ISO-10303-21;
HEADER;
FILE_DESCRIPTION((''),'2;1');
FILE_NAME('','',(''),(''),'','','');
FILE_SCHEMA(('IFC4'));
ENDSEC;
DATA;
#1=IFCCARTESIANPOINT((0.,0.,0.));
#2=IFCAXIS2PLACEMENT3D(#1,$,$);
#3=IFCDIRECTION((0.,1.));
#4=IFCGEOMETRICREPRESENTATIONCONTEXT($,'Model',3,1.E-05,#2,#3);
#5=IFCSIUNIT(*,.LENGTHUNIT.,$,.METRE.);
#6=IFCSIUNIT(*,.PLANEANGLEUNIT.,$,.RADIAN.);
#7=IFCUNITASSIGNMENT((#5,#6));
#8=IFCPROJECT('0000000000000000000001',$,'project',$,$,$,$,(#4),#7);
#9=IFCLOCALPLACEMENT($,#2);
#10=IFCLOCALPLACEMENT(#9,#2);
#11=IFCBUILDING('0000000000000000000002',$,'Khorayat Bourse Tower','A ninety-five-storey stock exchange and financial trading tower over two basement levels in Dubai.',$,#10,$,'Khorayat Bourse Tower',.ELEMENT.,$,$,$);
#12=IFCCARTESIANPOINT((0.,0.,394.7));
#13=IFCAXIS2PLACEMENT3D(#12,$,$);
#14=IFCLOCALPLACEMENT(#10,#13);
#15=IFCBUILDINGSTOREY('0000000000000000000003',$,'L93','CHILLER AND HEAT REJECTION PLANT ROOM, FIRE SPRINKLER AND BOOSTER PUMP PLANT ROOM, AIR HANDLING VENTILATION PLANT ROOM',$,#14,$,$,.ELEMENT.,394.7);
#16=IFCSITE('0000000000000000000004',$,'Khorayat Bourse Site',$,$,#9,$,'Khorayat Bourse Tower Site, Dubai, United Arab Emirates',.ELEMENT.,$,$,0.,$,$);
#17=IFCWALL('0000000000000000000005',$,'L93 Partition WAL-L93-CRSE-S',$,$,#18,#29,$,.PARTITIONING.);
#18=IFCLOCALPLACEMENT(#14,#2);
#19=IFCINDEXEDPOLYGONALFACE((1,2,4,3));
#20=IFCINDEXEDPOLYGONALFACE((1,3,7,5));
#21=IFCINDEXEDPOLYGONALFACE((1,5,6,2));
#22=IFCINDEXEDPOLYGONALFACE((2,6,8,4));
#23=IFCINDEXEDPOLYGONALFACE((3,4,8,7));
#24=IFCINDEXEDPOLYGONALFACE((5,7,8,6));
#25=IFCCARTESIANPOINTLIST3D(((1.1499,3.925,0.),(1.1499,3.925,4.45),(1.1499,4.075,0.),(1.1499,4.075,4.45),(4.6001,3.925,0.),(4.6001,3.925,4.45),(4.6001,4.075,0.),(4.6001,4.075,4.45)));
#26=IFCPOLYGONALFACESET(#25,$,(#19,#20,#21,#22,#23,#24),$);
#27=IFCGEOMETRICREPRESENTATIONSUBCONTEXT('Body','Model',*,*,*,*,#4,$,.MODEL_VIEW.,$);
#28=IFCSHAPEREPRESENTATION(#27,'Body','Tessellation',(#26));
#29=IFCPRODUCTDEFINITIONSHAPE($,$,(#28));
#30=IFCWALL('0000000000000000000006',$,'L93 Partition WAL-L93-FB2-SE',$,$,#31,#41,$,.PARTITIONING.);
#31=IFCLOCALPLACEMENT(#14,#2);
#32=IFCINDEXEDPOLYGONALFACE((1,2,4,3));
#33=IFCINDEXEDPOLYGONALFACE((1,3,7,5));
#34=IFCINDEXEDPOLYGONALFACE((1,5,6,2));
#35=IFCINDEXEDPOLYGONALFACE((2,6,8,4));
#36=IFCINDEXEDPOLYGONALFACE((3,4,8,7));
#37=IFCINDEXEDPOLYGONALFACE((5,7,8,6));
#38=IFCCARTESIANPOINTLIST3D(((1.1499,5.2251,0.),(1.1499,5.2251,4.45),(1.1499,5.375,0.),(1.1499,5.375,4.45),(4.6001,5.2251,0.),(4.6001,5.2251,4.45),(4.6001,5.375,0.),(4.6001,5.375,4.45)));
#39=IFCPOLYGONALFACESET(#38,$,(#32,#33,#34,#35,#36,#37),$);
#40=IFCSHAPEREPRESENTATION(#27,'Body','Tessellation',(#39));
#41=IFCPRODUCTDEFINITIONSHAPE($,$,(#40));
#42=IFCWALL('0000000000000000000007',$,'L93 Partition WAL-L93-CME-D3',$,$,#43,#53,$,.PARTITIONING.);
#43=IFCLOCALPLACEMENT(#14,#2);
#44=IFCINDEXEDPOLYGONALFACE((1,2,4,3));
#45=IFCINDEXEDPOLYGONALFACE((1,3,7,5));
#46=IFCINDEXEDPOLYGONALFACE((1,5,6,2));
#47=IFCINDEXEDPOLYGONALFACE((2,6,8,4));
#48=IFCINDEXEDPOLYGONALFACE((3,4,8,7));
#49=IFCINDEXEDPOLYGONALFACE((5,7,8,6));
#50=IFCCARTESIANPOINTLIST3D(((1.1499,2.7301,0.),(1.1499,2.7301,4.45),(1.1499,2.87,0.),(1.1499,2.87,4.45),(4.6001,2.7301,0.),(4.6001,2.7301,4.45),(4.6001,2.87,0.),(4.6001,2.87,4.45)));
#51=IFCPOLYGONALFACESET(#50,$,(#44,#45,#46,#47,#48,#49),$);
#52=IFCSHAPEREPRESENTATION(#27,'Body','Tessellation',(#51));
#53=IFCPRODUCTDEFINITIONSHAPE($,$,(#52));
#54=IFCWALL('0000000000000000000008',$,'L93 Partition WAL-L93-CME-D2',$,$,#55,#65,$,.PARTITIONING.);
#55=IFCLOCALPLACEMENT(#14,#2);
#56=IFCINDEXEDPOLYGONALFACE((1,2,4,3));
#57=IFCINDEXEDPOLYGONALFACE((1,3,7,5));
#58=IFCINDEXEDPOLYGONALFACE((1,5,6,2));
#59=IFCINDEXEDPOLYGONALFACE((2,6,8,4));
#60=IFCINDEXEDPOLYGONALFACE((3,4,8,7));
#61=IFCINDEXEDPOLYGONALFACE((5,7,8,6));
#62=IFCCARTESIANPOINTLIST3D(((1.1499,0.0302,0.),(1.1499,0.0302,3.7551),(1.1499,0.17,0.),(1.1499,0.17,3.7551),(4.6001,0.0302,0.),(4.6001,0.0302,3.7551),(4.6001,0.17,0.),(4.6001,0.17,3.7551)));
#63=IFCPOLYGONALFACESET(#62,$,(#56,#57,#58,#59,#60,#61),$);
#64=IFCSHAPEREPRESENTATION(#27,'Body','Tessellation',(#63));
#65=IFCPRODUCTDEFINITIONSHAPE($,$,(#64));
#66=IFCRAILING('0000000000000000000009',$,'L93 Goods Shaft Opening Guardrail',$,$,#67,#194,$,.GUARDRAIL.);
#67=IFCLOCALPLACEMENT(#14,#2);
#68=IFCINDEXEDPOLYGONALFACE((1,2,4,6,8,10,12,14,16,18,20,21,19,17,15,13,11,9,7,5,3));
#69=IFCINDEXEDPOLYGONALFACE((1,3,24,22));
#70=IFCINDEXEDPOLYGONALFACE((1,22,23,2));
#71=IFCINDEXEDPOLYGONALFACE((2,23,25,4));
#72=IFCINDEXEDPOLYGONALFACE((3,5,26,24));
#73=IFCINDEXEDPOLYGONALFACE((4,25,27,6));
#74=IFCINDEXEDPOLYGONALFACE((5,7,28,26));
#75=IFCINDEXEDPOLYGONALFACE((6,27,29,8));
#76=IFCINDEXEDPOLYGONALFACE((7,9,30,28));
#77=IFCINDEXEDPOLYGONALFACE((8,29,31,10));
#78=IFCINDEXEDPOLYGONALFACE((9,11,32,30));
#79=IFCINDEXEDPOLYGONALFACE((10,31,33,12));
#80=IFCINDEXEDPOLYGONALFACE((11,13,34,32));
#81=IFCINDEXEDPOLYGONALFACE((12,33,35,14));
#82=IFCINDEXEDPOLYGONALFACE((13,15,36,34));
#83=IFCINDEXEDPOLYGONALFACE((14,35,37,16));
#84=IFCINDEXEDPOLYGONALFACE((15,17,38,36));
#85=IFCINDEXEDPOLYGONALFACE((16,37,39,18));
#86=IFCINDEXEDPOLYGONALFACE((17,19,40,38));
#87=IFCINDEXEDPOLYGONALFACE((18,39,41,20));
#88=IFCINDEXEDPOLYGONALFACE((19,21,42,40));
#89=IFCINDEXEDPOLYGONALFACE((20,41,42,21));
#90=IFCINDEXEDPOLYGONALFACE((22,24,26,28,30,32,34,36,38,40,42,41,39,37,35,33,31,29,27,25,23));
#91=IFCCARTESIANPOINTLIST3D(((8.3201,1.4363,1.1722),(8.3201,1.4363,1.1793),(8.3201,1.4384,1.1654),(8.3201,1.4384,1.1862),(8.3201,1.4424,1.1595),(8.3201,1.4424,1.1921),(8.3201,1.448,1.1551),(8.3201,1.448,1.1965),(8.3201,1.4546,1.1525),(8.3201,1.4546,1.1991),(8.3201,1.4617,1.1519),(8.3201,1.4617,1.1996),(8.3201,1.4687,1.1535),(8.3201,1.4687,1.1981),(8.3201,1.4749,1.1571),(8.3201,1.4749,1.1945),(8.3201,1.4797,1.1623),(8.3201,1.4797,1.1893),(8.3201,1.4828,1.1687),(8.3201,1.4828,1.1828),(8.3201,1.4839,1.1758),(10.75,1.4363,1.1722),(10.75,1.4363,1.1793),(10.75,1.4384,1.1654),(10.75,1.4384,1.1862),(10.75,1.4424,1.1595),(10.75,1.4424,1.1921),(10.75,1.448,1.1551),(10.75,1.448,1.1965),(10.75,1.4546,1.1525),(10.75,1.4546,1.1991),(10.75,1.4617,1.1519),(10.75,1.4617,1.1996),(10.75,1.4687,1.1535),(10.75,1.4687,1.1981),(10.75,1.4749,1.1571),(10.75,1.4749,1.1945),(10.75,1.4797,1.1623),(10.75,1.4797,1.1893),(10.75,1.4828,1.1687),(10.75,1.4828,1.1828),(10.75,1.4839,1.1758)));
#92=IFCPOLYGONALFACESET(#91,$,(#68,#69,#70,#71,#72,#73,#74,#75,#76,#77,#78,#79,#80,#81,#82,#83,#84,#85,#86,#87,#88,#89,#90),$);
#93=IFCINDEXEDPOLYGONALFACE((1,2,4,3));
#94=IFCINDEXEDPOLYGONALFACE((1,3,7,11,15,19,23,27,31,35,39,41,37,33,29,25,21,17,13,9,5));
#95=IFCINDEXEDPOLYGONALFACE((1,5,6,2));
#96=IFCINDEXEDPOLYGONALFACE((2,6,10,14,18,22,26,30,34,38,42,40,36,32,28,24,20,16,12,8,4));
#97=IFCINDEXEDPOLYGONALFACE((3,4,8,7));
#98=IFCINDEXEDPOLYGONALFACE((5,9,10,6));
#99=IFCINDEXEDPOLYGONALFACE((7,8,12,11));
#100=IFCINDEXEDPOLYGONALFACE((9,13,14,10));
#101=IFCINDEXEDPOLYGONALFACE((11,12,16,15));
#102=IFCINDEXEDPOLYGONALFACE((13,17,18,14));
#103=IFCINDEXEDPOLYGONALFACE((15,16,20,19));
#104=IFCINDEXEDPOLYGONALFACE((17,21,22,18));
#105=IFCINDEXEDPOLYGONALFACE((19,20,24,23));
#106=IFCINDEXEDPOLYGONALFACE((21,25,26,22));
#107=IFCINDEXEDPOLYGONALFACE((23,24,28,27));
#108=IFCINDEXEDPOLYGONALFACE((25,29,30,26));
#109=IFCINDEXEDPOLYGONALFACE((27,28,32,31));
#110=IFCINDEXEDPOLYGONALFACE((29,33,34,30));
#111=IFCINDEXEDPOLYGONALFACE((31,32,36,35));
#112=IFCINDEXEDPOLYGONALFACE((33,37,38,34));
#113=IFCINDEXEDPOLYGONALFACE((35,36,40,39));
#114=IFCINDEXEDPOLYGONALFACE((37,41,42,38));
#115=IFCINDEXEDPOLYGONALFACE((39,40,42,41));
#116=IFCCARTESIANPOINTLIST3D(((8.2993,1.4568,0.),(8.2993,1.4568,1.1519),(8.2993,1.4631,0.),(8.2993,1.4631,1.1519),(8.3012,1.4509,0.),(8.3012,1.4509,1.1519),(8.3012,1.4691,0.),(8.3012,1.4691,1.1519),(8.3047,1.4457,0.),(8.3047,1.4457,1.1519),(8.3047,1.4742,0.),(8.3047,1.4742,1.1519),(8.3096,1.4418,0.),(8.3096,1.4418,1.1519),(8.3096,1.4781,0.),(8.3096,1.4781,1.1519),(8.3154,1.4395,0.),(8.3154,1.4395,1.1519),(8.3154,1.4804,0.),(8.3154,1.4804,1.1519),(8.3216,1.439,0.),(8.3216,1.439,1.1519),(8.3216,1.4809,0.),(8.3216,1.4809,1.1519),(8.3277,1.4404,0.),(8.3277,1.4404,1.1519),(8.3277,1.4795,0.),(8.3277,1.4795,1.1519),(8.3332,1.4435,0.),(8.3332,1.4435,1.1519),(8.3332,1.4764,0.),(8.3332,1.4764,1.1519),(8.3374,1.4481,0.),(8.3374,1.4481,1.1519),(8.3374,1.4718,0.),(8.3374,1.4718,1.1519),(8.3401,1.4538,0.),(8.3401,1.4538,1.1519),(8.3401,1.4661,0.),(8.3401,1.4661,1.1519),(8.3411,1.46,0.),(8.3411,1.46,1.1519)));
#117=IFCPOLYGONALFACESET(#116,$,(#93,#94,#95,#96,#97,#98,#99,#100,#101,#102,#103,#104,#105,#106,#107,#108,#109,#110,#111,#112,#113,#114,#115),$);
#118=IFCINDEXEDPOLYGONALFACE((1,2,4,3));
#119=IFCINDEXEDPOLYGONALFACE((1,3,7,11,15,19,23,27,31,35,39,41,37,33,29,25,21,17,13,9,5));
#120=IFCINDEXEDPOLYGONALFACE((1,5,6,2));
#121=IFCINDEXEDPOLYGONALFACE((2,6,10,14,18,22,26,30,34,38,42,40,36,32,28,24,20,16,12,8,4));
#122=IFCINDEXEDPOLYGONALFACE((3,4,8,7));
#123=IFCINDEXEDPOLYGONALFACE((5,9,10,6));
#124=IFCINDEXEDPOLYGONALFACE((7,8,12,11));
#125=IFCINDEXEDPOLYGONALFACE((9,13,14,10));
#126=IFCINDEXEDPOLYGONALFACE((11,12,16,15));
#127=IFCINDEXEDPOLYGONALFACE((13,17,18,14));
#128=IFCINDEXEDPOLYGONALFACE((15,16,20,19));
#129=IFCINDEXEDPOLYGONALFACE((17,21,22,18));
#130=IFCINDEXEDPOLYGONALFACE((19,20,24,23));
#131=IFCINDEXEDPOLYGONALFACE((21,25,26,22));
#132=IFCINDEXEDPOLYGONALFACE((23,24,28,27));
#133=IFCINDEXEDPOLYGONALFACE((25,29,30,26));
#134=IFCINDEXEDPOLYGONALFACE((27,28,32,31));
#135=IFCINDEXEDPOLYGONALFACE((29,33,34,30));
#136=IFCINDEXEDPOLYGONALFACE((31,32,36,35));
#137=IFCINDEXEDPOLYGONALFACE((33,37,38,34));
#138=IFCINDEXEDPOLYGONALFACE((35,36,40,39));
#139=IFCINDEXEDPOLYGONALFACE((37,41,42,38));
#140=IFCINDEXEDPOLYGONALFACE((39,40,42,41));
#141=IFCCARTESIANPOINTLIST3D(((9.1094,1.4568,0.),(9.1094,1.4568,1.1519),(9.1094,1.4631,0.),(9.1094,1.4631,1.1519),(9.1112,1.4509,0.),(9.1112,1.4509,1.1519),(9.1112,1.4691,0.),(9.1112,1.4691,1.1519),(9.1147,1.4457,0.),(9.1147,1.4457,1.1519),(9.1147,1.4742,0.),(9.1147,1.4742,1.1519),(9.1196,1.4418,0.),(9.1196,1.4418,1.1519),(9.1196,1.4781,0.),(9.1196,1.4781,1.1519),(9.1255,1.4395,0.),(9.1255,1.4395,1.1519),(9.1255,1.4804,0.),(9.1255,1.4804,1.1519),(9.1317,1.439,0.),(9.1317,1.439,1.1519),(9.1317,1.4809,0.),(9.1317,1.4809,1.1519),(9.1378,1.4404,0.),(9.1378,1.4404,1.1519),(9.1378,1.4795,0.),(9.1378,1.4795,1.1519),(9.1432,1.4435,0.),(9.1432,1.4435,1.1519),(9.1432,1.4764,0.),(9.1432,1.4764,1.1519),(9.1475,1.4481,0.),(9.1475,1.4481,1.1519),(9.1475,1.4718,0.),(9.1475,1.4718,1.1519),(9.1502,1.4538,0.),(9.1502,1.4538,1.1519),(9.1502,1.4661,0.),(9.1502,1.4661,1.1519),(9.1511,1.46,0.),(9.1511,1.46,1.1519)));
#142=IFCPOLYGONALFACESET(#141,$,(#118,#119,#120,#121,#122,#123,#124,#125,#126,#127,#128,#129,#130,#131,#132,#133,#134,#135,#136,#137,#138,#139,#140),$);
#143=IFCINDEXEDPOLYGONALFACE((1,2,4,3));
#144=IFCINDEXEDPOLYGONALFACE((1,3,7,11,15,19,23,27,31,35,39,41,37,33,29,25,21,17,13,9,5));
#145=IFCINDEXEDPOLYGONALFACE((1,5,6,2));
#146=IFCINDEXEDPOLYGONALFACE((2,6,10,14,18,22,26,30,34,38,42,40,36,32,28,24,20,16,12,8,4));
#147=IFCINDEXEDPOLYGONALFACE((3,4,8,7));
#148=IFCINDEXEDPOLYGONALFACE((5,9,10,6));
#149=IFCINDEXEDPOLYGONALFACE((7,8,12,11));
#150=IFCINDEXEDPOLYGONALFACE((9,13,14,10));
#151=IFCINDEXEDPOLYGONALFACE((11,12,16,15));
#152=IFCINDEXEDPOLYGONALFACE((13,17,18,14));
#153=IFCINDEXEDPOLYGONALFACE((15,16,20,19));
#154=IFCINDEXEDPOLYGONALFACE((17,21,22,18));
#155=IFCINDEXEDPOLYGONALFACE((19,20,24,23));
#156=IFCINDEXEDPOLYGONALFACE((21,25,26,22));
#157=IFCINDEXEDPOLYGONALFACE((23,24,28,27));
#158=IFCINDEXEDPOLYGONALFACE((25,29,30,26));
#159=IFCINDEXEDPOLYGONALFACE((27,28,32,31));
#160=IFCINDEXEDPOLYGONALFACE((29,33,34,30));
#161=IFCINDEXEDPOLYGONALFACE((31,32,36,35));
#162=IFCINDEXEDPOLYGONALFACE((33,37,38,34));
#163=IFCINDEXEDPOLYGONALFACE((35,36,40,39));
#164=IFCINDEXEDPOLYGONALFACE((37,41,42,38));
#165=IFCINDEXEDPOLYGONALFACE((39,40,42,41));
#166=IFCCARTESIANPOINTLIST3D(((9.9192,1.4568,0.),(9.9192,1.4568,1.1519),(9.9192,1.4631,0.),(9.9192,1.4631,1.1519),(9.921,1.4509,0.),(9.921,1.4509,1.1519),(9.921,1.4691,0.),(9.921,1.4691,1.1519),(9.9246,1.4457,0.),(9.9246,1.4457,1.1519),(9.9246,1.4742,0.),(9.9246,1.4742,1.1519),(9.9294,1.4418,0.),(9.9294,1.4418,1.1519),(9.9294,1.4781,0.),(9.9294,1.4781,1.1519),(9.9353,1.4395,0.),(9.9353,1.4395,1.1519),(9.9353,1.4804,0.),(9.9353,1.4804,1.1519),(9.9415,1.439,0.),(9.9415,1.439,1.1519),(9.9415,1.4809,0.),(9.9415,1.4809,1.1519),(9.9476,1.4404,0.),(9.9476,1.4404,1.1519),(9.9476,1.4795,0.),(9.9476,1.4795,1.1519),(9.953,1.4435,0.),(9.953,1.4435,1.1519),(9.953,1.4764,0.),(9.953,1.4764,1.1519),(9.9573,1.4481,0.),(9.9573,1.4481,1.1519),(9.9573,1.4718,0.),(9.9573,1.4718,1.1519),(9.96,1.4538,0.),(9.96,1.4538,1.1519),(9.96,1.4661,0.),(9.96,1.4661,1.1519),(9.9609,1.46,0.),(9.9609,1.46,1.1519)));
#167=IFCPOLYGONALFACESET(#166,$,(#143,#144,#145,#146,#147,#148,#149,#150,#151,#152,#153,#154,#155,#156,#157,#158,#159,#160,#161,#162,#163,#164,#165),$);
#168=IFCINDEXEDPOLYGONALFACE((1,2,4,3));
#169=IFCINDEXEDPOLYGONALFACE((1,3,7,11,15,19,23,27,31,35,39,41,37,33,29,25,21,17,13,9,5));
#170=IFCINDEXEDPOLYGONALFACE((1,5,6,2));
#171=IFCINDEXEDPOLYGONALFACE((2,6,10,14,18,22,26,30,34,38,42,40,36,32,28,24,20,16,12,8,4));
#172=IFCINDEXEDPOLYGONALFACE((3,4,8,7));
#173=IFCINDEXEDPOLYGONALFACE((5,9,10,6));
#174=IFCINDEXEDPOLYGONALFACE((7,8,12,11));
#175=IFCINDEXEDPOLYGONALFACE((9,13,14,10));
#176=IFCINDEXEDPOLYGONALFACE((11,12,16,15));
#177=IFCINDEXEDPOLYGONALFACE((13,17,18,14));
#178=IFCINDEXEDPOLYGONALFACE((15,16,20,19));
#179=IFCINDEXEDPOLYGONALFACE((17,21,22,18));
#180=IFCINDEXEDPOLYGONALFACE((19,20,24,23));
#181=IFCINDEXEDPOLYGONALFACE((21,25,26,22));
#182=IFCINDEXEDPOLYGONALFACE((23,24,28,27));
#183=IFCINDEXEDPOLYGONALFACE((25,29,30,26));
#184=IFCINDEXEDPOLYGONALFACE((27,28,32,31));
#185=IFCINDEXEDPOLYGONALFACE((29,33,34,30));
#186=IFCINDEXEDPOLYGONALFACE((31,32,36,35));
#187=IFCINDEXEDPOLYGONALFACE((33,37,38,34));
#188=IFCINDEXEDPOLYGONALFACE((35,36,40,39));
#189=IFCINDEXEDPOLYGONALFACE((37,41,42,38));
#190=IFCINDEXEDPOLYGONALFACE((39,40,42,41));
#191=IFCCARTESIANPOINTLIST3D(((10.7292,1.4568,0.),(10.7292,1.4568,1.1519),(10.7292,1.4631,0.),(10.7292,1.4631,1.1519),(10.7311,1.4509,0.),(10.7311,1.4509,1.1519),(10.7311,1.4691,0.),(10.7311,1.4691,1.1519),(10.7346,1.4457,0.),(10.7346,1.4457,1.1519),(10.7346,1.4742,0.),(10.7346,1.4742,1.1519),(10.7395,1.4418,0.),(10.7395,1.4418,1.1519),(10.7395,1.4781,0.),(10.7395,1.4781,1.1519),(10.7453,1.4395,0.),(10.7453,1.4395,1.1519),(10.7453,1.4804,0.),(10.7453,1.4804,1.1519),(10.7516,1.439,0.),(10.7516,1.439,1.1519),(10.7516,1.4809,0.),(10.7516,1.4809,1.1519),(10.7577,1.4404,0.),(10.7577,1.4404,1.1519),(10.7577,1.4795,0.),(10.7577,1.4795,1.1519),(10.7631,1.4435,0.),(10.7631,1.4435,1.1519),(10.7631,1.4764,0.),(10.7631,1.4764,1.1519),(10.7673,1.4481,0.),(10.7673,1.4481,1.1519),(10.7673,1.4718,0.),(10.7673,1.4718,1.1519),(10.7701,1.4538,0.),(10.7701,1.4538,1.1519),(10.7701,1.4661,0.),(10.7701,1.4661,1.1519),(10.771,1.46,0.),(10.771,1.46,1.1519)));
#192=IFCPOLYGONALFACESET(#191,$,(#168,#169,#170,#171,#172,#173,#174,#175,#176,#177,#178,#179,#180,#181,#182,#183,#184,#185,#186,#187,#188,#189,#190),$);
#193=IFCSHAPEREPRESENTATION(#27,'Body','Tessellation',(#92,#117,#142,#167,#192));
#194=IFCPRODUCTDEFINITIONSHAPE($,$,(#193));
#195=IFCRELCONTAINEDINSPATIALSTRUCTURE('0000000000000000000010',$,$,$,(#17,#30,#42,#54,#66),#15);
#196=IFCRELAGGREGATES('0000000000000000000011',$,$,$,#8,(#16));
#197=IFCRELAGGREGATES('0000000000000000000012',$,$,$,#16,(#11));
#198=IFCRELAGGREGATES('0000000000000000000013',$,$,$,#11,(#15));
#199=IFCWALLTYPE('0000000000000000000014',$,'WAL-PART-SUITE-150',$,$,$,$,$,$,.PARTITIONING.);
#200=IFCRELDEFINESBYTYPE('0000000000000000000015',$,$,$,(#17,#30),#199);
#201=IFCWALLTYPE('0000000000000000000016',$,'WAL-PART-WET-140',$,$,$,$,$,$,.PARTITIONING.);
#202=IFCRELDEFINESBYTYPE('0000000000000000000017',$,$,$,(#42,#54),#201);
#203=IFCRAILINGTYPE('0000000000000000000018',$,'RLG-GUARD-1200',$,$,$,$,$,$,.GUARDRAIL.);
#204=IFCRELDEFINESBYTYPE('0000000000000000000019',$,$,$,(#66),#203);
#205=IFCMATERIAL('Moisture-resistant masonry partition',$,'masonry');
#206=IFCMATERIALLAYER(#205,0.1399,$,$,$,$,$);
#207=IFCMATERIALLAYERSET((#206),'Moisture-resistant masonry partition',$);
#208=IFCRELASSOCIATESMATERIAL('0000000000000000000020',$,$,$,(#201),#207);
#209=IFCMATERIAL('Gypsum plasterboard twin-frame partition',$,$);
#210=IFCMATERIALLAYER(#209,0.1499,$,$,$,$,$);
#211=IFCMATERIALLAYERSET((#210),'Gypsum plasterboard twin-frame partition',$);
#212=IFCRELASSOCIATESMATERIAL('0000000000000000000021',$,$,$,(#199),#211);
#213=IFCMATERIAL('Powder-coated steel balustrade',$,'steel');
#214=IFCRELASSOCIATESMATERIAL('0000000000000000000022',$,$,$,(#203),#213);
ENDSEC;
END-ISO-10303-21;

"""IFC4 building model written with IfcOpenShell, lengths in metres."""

from ifc_helpers import new_model, si_unit, direction, frame, frame_2d, origin, origin_2d, place, context, subcontext, project, spatial, rectangle, circle, extrude, source, transform, mapped, material, layer, layer_set, type_object, element, save


model = new_model("IFC4")

# Units and contexts
model_context = context("Model", 3, precision=1e-05, world=origin(), true_north=direction((0.0, 1.0)))
body_context = subcontext(model_context, "Body", "Model", "MODEL_VIEW")
ifc_project = project(units=[si_unit("LENGTHUNIT", "METRE"), si_unit("PLANEANGLEUNIT", "RADIAN")], contexts=[model_context])

# Site, building, storey
site_placement = place(None, origin())
site = spatial("IfcSite", under=ifc_project, at=site_placement, Name="Khorayat Bourse Site", LongName="Khorayat Bourse Tower Site, Dubai, United Arab Emirates", CompositionType="ELEMENT", RefElevation=0.0)
building_placement = place(site_placement, origin())
building = spatial("IfcBuilding", under=site, at=building_placement, Name="Khorayat Bourse Tower", Description="A ninety-five-storey stock exchange and financial trading tower over two basement levels in Dubai.", LongName="Khorayat Bourse Tower", CompositionType="ELEMENT")
storey_placement = place(building_placement, frame((0.0, 0.0, 394.7)))
storey = spatial("IfcBuildingStorey", under=building, at=storey_placement, Name="L93", Description="CHILLER AND HEAT REJECTION PLANT ROOM, FIRE SPRINKLER AND BOOSTER PUMP PLANT ROOM, AIR HANDLING VENTILATION PLANT ROOM", CompositionType="ELEMENT", Elevation=394.7)

# Shared definitions
ifc_material_1 = material(Name="Moisture-resistant masonry partition", Category="masonry")
ifc_layer_1 = layer(ifc_material_1, 0.1399)
ifc_layer_set_1 = layer_set([ifc_layer_1], Name="Moisture-resistant masonry partition")
wall_type_1 = type_object("IfcWallType", Name="WAL-PART-WET-140", PredefinedType="PARTITIONING", material=ifc_layer_set_1)

# Walls
ifc_material_2 = material(Name="Gypsum plasterboard twin-frame partition")
ifc_layer_2 = layer(ifc_material_2, 0.1499)
ifc_layer_set_2 = layer_set([ifc_layer_2], Name="Gypsum plasterboard twin-frame partition")
wall_type_2 = type_object("IfcWallType", Name="WAL-PART-SUITE-150", PredefinedType="PARTITIONING", material=ifc_layer_set_2)
shared_shape_1 = source(origin(), body_context, "Body", "SweptSolid", [
    extrude(rectangle(XDim=3.4502, YDim=0.1499, at=frame_2d((1.7251, 0.0))), origin(), (0.0, 0.0, 1.0), 4.45),
])
for number, where, z_axis, x_axis, name in (
    (1, (1.1499, 4.0, 0.0), (0.0, 0.0, 1.0), (1.0, 0.0, 0.0), "L93 Partition WAL-L93-CRSE-S"),
    (2, (1.1499, 5.3, 0.0), (0.0, 0.0, 1.0), (1.0, 0.0, 0.0), "L93 Partition WAL-L93-FB2-SE"),
):
    element("IfcWall", number, at=place(storey_placement, frame(where, z_axis=z_axis, x_axis=x_axis)), inside=storey, type_object=wall_type_2, Name=name, PredefinedType="PARTITIONING", context=body_context, shape_type="MappedRepresentation", body=[
        mapped(shared_shape_1, transform((0.0, 0.0, 0.0), scale=1.0)),
    ])
shared_shape_2 = source(origin(), body_context, "Body", "SweptSolid", [
    extrude(rectangle(XDim=3.4502, YDim=0.1399, at=frame_2d((1.7251, 0.0))), origin(), (0.0, 0.0, 1.0), 4.45),
])
wall_1_placement = place(storey_placement, frame((1.1499, 2.8, 0.0), z_axis=(0.0, 0.0, 1.0), x_axis=(1.0, 0.0, 0.0)))
element("IfcWall", 3, at=wall_1_placement, inside=storey, type_object=wall_type_1, Name="L93 Partition WAL-L93-CME-D3", PredefinedType="PARTITIONING", context=body_context, shape_type="MappedRepresentation", body=[
    mapped(shared_shape_2, transform((0.0, 0.0, 0.0), scale=1.0)),
])

# Wall
shared_shape_3 = source(origin(), body_context, "Body", "SweptSolid", [
    extrude(rectangle(XDim=3.4502, YDim=0.1399, at=frame_2d((1.7251, 0.0))), origin(), (0.0, 0.0, 1.0), 3.7551),
])
wall_2_placement = place(storey_placement, frame((1.1499, 0.1001, 0.0), z_axis=(0.0, 0.0, 1.0), x_axis=(1.0, 0.0, 0.0)))
element("IfcWall", 4, at=wall_2_placement, inside=storey, type_object=wall_type_1, Name="L93 Partition WAL-L93-CME-D2", PredefinedType="PARTITIONING", context=body_context, shape_type="MappedRepresentation", body=[
    mapped(shared_shape_3, transform((0.0, 0.0, 0.0), scale=1.0)),
])

# Railing
ifc_material_3 = material(Name="Powder-coated steel balustrade", Category="steel")
railing_type = type_object("IfcRailingType", Name="RLG-GUARD-1200", PredefinedType="GUARDRAIL", material=ifc_material_3)
shared_shape_4 = source(origin(), body_context, "Body", "SweptSolid", [
    extrude(circle(Radius=0.0239, at=origin_2d()), frame((0.0, 0.0, 1.1758), z_axis=(1.0, 0.0, 0.0), x_axis=(0.0, 1.0, 0.0)), (0.0, 0.0, 1.0), 2.4299),
    extrude(circle(Radius=0.021, at=origin_2d()), origin(), (0.0, 0.0, 1.0), 1.1519),
    extrude(circle(Radius=0.021, at=origin_2d()), frame((0.8101, 0.0, 0.0)), (0.0, 0.0, 1.0), 1.1519),
    extrude(circle(Radius=0.021, at=origin_2d()), frame((1.6199, 0.0, 0.0)), (0.0, 0.0, 1.0), 1.1519),
    extrude(circle(Radius=0.021, at=origin_2d()), frame((2.4299, 0.0, 0.0)), (0.0, 0.0, 1.0), 1.1519),
])
railing_placement = place(storey_placement, frame((8.3201, 1.46, 0.0)))
element("IfcRailing", 5, at=railing_placement, inside=storey, type_object=railing_type, Name="L93 Goods Shaft Opening Guardrail", PredefinedType="GUARDRAIL", context=body_context, shape_type="MappedRepresentation", body=[
    mapped(shared_shape_4, transform((0.0, 0.0, 0.0), scale=1.0)),
])

save(model, "model.ifc")
